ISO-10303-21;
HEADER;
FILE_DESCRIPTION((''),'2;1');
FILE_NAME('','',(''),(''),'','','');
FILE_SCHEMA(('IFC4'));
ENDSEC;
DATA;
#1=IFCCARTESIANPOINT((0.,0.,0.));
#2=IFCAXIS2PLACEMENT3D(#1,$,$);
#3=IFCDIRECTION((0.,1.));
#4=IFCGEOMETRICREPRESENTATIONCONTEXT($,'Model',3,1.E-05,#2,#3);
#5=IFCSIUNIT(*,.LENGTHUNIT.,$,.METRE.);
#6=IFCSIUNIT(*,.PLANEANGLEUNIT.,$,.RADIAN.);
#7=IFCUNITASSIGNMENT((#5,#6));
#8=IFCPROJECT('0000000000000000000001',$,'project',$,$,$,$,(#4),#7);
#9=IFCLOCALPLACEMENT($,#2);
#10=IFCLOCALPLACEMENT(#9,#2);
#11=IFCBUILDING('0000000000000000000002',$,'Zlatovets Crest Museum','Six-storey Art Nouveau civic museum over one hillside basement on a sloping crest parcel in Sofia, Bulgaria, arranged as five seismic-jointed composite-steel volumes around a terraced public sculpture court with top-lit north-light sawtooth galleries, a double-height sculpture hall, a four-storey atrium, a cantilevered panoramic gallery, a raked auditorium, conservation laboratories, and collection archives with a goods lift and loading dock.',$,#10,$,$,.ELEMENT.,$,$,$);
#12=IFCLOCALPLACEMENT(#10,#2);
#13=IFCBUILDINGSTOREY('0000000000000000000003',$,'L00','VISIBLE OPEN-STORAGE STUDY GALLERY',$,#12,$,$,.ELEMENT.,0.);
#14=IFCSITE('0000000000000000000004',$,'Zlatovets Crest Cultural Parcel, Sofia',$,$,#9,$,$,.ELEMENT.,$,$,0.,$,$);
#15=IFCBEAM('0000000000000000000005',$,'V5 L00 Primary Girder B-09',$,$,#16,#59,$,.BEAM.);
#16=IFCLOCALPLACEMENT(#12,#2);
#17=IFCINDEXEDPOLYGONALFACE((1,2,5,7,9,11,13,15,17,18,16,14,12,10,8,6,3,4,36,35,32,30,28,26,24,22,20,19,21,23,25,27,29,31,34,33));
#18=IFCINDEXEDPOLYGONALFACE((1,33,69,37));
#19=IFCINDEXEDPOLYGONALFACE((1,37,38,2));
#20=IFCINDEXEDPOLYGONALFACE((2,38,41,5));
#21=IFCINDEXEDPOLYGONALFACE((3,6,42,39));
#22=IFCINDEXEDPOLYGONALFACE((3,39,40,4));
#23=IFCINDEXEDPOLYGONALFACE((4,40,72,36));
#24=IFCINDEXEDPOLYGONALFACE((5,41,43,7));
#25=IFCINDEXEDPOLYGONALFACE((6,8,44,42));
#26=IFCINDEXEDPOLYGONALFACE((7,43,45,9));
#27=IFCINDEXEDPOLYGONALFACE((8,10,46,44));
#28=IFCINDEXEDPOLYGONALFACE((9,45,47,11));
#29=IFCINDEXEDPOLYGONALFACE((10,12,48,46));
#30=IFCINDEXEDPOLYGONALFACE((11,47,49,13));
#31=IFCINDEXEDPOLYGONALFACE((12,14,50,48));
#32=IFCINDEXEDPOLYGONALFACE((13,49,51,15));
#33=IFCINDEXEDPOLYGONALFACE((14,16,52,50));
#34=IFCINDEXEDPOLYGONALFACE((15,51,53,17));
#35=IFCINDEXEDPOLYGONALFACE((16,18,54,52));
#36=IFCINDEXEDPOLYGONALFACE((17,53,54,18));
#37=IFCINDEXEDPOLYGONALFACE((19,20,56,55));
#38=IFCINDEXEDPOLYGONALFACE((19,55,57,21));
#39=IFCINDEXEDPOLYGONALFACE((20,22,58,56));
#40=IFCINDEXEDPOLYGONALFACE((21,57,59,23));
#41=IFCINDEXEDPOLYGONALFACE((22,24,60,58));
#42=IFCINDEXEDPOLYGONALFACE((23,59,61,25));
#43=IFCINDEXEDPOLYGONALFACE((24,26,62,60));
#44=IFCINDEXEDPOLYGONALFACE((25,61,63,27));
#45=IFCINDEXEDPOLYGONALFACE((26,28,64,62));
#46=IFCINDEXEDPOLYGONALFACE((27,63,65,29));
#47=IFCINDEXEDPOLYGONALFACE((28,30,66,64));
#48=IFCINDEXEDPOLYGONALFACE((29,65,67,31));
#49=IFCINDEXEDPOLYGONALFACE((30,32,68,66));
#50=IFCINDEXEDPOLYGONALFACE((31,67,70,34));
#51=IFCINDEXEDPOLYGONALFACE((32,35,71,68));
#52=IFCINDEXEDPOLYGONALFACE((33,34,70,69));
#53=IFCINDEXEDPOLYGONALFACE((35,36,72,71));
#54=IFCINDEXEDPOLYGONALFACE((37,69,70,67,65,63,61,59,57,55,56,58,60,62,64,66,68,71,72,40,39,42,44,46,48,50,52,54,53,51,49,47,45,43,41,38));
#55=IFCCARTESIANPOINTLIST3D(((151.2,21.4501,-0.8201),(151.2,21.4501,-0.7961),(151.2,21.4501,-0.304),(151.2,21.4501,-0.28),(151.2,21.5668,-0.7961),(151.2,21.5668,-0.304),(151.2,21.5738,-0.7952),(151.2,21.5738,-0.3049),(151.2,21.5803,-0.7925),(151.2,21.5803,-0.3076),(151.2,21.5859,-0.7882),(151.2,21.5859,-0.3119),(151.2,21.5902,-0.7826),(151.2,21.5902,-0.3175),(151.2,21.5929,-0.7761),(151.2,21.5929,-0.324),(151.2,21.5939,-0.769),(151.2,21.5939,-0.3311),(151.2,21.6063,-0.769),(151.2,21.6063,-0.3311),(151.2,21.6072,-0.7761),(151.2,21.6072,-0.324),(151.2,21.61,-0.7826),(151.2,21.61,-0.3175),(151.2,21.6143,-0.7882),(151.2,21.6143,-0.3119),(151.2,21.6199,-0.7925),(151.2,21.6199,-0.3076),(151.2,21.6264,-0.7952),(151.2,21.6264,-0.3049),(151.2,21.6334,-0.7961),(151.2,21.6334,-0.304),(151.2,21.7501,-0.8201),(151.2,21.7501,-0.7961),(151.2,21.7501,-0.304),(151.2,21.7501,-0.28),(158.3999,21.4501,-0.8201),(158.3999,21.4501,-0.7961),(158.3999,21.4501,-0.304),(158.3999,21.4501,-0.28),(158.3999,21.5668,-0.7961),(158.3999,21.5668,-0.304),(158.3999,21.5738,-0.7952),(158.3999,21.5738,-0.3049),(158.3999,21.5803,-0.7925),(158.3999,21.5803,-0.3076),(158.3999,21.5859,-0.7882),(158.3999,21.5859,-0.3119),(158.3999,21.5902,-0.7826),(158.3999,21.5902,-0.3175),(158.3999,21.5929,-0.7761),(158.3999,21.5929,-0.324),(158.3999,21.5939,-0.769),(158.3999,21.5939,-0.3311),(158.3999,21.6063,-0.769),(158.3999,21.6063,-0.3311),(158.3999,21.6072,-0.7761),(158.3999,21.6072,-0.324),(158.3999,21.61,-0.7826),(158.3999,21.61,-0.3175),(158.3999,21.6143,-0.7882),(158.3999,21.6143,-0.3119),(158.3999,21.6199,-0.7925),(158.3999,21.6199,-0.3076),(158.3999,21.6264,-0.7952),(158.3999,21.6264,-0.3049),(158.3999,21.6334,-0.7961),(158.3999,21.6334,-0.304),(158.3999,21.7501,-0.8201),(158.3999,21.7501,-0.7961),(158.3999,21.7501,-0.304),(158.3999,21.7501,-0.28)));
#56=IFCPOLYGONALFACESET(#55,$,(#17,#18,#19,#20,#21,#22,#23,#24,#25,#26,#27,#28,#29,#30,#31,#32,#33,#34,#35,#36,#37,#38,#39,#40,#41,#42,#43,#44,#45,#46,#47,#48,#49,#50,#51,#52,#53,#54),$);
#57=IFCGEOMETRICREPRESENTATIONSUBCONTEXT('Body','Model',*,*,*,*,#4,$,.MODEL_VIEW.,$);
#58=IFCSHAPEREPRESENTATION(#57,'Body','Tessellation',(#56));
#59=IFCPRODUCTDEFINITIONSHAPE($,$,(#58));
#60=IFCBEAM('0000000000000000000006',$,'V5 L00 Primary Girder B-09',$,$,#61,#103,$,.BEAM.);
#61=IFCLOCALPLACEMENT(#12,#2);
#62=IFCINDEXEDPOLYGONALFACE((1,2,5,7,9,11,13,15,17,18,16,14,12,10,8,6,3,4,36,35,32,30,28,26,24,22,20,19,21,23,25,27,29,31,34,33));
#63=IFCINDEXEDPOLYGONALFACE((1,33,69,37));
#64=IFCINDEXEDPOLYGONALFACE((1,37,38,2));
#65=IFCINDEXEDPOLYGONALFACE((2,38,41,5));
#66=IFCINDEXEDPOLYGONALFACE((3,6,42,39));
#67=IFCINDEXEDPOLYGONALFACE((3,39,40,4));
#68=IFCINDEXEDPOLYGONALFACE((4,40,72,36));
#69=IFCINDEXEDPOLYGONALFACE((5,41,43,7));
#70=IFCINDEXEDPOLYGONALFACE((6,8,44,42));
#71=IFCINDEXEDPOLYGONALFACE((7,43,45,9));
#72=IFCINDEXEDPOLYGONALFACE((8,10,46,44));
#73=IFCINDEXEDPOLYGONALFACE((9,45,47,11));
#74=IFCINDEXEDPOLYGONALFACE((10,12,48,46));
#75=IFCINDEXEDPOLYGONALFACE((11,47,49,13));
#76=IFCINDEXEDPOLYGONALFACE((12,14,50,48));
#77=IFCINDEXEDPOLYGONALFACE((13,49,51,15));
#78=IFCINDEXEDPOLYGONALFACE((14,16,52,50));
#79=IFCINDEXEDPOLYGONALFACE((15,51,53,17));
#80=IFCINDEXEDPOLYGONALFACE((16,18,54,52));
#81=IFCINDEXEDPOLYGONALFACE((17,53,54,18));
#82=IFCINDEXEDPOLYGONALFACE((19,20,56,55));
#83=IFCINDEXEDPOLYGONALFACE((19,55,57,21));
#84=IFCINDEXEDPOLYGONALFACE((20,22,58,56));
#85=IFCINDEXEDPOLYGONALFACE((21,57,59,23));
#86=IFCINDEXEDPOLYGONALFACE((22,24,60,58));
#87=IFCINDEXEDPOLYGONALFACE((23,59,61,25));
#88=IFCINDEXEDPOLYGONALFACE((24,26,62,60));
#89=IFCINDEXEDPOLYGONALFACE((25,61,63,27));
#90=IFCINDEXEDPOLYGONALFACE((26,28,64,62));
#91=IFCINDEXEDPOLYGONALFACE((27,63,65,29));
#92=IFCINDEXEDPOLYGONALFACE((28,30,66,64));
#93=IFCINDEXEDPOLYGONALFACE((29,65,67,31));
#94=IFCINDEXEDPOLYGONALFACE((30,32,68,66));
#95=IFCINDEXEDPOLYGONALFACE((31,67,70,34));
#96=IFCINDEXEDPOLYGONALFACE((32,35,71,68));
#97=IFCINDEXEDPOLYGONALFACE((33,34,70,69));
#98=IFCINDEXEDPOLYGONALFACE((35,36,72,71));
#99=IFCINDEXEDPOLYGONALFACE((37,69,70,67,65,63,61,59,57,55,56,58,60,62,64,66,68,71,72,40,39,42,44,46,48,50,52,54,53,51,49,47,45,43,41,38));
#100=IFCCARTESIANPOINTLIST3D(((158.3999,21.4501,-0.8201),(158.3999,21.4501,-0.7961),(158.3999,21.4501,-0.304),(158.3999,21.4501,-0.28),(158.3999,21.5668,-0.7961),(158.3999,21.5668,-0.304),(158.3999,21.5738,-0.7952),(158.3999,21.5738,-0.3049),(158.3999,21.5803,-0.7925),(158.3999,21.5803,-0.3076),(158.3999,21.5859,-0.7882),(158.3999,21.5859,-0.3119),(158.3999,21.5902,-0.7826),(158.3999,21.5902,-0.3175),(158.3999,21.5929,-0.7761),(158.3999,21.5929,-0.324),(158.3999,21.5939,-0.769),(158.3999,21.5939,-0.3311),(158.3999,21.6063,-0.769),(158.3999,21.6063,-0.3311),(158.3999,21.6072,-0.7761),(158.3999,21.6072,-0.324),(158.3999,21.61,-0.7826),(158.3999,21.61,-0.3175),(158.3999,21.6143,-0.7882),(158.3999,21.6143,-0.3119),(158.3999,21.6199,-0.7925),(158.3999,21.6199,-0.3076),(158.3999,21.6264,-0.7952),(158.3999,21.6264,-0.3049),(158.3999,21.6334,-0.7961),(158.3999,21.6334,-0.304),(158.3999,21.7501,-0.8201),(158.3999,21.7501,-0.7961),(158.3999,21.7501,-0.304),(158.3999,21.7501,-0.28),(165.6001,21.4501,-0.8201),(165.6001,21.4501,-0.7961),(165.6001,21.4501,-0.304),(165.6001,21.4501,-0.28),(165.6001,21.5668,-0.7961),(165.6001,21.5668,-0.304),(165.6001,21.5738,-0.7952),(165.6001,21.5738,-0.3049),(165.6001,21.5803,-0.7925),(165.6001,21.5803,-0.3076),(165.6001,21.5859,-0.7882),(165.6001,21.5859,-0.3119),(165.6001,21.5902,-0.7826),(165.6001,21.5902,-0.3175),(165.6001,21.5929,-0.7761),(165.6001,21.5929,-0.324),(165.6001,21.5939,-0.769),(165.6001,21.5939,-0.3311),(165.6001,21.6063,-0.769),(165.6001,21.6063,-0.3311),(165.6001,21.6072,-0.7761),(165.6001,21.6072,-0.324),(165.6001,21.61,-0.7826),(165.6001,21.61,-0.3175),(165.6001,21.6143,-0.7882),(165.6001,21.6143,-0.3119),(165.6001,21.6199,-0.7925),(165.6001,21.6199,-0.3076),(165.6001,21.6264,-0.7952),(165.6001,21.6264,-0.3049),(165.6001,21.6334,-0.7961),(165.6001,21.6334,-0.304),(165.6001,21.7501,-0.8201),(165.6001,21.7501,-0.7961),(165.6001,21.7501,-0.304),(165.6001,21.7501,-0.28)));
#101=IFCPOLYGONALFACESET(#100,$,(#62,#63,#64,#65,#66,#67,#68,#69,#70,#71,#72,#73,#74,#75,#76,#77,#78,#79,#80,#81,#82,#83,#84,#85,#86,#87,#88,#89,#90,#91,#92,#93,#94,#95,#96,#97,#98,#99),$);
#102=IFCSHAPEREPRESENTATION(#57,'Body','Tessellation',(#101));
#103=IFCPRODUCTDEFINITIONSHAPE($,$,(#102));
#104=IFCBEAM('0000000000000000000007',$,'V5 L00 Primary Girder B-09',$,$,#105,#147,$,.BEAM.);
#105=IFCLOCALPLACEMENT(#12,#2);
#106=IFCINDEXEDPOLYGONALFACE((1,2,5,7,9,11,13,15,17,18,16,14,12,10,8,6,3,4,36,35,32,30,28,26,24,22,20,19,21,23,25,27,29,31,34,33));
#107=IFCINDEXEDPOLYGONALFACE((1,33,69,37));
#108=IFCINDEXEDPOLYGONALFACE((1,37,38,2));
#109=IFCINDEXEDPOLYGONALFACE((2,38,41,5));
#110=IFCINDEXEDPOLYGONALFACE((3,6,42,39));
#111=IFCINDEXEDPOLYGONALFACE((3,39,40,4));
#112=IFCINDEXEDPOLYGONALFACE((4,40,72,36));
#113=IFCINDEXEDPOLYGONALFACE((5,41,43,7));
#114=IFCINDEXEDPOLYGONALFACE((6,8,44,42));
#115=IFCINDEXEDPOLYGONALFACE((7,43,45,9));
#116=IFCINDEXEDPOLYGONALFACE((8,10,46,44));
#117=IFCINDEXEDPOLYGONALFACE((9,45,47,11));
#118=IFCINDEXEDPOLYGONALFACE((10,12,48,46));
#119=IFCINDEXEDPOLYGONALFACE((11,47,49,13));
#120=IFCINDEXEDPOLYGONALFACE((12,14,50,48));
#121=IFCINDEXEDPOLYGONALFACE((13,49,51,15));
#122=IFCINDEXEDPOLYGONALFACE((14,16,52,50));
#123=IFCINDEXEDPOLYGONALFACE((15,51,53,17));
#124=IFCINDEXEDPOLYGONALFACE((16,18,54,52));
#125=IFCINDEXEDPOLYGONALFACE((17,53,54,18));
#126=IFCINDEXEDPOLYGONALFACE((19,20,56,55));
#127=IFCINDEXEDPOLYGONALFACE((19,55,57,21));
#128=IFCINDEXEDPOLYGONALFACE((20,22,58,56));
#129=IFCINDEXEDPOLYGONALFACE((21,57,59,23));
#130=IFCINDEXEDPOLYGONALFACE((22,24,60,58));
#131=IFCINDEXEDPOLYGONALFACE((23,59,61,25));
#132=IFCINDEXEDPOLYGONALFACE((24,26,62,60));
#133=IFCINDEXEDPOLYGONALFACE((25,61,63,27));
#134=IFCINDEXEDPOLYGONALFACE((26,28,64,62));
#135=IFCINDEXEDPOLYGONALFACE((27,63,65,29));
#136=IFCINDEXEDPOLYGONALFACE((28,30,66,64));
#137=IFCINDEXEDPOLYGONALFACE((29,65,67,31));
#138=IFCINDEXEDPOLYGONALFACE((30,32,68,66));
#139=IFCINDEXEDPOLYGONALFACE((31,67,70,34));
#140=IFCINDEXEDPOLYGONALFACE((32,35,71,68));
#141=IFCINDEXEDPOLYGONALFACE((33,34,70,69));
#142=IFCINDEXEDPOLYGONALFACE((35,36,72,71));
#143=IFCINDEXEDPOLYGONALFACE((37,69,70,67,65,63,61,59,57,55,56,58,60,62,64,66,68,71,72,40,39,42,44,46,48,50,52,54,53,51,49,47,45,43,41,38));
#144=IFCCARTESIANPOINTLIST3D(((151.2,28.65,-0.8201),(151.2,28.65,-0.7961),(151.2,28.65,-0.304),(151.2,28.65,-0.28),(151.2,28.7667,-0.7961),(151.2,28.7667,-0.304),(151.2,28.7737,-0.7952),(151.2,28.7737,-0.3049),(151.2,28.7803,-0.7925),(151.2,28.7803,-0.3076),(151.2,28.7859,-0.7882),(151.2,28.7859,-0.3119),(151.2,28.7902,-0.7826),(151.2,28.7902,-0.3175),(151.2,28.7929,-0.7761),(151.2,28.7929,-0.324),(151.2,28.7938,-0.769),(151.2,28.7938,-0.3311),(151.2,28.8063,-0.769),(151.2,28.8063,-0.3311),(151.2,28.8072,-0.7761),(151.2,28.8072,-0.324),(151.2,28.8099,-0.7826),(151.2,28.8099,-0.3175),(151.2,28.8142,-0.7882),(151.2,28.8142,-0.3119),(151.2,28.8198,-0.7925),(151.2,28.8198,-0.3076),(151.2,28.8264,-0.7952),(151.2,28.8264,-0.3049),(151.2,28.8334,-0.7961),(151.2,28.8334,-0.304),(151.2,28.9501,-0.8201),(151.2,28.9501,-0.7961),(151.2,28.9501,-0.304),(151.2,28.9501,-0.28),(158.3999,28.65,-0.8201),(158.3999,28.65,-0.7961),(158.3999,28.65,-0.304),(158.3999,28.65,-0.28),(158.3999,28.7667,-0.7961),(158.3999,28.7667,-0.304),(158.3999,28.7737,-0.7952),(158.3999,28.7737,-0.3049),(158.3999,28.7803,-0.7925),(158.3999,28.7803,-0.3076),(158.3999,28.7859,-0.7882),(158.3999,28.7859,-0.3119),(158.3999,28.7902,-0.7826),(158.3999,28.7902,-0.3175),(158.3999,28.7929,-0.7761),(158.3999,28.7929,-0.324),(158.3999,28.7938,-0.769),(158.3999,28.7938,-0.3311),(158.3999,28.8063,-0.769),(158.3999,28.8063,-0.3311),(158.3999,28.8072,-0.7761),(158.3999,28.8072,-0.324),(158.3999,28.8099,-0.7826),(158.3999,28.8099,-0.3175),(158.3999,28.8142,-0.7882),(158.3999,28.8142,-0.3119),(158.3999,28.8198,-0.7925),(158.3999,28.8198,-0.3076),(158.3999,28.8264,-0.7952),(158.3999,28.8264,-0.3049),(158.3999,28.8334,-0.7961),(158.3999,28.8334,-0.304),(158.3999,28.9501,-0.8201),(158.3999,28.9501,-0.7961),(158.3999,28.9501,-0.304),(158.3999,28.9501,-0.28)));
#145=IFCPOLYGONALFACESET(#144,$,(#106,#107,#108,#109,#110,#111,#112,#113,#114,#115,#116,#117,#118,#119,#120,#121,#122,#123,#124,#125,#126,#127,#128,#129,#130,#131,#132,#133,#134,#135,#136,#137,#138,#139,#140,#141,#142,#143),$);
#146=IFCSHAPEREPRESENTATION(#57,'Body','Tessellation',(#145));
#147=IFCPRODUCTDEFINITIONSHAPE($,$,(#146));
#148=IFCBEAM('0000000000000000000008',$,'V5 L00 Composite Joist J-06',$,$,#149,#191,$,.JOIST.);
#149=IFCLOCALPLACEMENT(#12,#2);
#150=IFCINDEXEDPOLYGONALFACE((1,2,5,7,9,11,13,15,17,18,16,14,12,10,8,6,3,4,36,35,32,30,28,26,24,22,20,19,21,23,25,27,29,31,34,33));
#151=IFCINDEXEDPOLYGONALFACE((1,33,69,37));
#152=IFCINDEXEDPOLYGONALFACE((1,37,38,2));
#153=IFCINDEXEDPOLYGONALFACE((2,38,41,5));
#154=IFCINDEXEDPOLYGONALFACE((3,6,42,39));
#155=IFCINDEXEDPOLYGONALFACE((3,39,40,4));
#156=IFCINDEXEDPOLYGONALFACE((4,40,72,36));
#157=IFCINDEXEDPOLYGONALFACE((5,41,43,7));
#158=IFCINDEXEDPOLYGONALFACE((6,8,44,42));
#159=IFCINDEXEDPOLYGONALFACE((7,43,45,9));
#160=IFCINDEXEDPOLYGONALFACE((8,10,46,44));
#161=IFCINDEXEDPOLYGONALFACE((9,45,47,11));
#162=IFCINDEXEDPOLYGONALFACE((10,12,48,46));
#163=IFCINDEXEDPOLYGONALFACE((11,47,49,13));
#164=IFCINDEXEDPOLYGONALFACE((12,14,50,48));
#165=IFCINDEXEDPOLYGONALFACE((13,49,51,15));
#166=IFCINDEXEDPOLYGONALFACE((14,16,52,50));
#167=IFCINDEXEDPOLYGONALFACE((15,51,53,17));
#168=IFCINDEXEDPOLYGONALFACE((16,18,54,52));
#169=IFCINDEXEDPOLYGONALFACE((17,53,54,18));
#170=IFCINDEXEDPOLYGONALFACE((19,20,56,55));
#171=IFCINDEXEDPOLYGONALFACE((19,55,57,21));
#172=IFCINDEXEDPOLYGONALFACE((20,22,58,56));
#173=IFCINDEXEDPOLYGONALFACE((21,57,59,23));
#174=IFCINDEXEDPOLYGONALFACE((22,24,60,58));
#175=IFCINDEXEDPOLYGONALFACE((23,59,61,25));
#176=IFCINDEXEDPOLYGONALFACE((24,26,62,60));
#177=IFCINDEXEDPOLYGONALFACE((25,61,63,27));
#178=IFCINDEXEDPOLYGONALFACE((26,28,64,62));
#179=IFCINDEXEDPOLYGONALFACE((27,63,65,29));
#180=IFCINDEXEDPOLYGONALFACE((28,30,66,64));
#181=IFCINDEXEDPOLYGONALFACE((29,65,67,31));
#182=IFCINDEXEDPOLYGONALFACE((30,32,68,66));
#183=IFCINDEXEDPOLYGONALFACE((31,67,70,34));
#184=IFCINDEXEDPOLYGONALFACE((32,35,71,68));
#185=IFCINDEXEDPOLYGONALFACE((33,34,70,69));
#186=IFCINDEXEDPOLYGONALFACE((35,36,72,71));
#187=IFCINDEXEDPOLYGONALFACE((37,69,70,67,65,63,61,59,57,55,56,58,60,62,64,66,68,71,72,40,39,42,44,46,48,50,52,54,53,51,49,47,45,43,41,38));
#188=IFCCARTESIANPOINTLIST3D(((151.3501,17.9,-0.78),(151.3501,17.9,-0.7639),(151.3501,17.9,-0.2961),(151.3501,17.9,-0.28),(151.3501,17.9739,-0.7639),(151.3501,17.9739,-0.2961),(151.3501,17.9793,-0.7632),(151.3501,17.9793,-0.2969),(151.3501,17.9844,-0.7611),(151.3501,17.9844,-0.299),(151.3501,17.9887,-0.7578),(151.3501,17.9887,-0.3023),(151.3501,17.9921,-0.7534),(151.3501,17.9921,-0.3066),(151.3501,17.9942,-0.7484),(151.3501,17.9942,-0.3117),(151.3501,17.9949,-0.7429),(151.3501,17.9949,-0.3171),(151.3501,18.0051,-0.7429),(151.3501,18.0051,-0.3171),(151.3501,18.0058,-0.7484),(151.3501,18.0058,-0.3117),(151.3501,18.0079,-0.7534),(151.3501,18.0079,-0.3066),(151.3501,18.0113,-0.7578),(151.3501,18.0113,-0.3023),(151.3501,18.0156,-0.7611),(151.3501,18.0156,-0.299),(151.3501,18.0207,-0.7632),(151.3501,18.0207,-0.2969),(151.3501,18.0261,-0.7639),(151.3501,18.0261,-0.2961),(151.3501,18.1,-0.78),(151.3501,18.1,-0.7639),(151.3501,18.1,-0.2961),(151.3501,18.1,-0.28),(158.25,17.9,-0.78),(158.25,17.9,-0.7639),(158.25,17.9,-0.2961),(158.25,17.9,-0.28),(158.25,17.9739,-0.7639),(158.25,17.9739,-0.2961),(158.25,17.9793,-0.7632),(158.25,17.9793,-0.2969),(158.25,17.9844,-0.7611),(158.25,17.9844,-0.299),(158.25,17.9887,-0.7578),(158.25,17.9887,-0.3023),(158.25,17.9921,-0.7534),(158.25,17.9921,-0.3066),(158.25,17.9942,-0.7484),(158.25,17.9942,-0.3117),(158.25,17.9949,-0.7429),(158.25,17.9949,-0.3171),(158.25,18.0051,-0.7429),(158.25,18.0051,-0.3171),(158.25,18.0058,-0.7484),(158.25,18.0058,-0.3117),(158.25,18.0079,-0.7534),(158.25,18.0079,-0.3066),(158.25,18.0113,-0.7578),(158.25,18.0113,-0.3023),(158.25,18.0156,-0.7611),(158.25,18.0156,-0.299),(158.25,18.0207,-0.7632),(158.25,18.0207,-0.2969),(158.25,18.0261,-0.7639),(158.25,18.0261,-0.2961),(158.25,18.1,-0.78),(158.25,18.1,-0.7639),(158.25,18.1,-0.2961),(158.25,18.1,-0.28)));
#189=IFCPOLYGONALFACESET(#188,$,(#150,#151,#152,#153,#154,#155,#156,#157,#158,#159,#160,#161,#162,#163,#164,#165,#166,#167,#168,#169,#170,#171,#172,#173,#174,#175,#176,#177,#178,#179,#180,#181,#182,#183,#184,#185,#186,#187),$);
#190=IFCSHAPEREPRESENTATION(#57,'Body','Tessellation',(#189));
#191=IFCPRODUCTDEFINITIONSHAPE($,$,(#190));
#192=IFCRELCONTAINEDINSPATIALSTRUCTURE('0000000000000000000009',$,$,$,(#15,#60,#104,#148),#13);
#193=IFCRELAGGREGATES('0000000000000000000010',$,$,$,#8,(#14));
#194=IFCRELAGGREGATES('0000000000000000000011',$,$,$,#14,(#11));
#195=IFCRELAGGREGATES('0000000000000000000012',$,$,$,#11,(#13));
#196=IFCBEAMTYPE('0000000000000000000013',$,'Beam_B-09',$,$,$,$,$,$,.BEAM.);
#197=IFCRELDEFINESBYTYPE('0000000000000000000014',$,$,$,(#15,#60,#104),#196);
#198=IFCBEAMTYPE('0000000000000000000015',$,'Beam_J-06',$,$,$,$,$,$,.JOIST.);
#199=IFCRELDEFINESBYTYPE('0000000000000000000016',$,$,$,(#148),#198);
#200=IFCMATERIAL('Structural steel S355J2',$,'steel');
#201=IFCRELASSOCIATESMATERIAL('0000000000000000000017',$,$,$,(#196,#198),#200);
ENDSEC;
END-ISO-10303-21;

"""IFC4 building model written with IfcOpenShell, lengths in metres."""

from ifc_helpers import new_model, si_unit, direction, frame, origin, origin_2d, place, context, subcontext, project, spatial, i_section, extrude, material, material_profile, profile_set, type_object, element, save


model = new_model("IFC4")

# Units and contexts
model_context = context("Model", 3, precision=1e-05, world=origin(), true_north=direction((0.0, 1.0)))
body_context = subcontext(model_context, "Body", "Model", "MODEL_VIEW")
ifc_project = project(units=[si_unit("LENGTHUNIT", "METRE"), si_unit("PLANEANGLEUNIT", "RADIAN")], contexts=[model_context])

# Site, building, storey
site_placement = place(None, origin())
site = spatial("IfcSite", under=ifc_project, at=site_placement, Name="Zlatovets Crest Cultural Parcel, Sofia", CompositionType="ELEMENT", RefElevation=0.0)
building_placement = place(site_placement, origin())
building = spatial("IfcBuilding", under=site, at=building_placement, Name="Zlatovets Crest Museum", Description="Six-storey Art Nouveau civic museum over one hillside basement on a sloping crest parcel in Sofia, Bulgaria, arranged as five seismic-jointed composite-steel volumes around a terraced public sculpture court with top-lit north-light sawtooth galleries, a double-height sculpture hall, a four-storey atrium, a cantilevered panoramic gallery, a raked auditorium, conservation laboratories, and collection archives with a goods lift and loading dock.", CompositionType="ELEMENT")
storey_placement = place(building_placement, origin())
storey = spatial("IfcBuildingStorey", under=building, at=storey_placement, Name="L00", Description="VISIBLE OPEN-STORAGE STUDY GALLERY", CompositionType="ELEMENT", Elevation=0.0)

# Shared definitions
ifc_material_1 = material(Name="Structural steel S355J2", Category="steel")

# Beams
ifc_material_profile_1 = material_profile(ifc_material_1, i_section(OverallWidth=0.3, OverallDepth=0.54, WebThickness=0.0125, FlangeThickness=0.0239, FilletRadius=0.0271, at=origin_2d()), Name="HEA 550")
ifc_profile_set_1 = profile_set([ifc_material_profile_1], Name="Structural steel S355J2")
beam_type_1 = type_object("IfcBeamType", Name="Beam_B-09", PredefinedType="BEAM", material=ifc_profile_set_1)
beam_1_placement = place(storey_placement, frame((151.2, 21.6001, -0.55), z_axis=(1.0, 0.0, 0.0), x_axis=(0.0, 1.0, 0.0)))
element("IfcBeam", 1, at=beam_1_placement, inside=storey, type_object=beam_type_1, Name="V5 L00 Primary Girder B-09", PredefinedType="BEAM", context=body_context, shape_type="SweptSolid", body=[
    extrude(i_section(OverallWidth=0.3, OverallDepth=0.54, WebThickness=0.0125, FlangeThickness=0.0239, FilletRadius=0.0271, at=origin_2d()), origin(), (0.0, 0.0, 1.0), 7.2),
])
beam_2_placement = place(storey_placement, frame((158.3999, 21.6001, -0.55), z_axis=(1.0, 0.0, 0.0), x_axis=(0.0, 1.0, 0.0)))
element("IfcBeam", 2, at=beam_2_placement, inside=storey, type_object=beam_type_1, Name="V5 L00 Primary Girder B-09", PredefinedType="BEAM", context=body_context, shape_type="SweptSolid", body=[
    extrude(i_section(OverallWidth=0.3, OverallDepth=0.54, WebThickness=0.0125, FlangeThickness=0.0239, FilletRadius=0.0271, at=origin_2d()), origin(), (0.0, 0.0, 1.0), 7.2002),
])
beam_3_placement = place(storey_placement, frame((151.2, 28.8, -0.55), z_axis=(1.0, 0.0, 0.0), x_axis=(0.0, 1.0, 0.0)))
element("IfcBeam", 3, at=beam_3_placement, inside=storey, type_object=beam_type_1, Name="V5 L00 Primary Girder B-09", PredefinedType="BEAM", context=body_context, shape_type="SweptSolid", body=[
    extrude(i_section(OverallWidth=0.3, OverallDepth=0.54, WebThickness=0.0125, FlangeThickness=0.0239, FilletRadius=0.0271, at=origin_2d()), origin(), (0.0, 0.0, 1.0), 7.2),
])
ifc_material_profile_2 = material_profile(ifc_material_1, i_section(OverallWidth=0.2, OverallDepth=0.5, WebThickness=0.0103, FlangeThickness=0.0161, FilletRadius=0.021, at=origin_2d()), Name="IPE 500")
ifc_profile_set_2 = profile_set([ifc_material_profile_2], Name="Structural steel S355J2")
beam_type_2 = type_object("IfcBeamType", Name="Beam_J-06", PredefinedType="JOIST", material=ifc_profile_set_2)
for number, where, z_axis, x_axis, name in (
    (4, (151.3501, 18.0, -0.53), (1.0, 0.0, 0.0), (0.0, 1.0, 0.0), "V5 L00 Composite Joist J-06"),
):
    element("IfcBeam", number, at=place(storey_placement, frame(where, z_axis=z_axis, x_axis=x_axis)), inside=storey, type_object=beam_type_2, Name=name, PredefinedType="JOIST", context=body_context, shape_type="SweptSolid", body=[
        extrude(i_section(OverallWidth=0.2, OverallDepth=0.5, WebThickness=0.0103, FlangeThickness=0.0161, FilletRadius=0.021, at=origin_2d()), origin(), (0.0, 0.0, 1.0), 6.8999),
    ])

save(model, "model.ifc")
